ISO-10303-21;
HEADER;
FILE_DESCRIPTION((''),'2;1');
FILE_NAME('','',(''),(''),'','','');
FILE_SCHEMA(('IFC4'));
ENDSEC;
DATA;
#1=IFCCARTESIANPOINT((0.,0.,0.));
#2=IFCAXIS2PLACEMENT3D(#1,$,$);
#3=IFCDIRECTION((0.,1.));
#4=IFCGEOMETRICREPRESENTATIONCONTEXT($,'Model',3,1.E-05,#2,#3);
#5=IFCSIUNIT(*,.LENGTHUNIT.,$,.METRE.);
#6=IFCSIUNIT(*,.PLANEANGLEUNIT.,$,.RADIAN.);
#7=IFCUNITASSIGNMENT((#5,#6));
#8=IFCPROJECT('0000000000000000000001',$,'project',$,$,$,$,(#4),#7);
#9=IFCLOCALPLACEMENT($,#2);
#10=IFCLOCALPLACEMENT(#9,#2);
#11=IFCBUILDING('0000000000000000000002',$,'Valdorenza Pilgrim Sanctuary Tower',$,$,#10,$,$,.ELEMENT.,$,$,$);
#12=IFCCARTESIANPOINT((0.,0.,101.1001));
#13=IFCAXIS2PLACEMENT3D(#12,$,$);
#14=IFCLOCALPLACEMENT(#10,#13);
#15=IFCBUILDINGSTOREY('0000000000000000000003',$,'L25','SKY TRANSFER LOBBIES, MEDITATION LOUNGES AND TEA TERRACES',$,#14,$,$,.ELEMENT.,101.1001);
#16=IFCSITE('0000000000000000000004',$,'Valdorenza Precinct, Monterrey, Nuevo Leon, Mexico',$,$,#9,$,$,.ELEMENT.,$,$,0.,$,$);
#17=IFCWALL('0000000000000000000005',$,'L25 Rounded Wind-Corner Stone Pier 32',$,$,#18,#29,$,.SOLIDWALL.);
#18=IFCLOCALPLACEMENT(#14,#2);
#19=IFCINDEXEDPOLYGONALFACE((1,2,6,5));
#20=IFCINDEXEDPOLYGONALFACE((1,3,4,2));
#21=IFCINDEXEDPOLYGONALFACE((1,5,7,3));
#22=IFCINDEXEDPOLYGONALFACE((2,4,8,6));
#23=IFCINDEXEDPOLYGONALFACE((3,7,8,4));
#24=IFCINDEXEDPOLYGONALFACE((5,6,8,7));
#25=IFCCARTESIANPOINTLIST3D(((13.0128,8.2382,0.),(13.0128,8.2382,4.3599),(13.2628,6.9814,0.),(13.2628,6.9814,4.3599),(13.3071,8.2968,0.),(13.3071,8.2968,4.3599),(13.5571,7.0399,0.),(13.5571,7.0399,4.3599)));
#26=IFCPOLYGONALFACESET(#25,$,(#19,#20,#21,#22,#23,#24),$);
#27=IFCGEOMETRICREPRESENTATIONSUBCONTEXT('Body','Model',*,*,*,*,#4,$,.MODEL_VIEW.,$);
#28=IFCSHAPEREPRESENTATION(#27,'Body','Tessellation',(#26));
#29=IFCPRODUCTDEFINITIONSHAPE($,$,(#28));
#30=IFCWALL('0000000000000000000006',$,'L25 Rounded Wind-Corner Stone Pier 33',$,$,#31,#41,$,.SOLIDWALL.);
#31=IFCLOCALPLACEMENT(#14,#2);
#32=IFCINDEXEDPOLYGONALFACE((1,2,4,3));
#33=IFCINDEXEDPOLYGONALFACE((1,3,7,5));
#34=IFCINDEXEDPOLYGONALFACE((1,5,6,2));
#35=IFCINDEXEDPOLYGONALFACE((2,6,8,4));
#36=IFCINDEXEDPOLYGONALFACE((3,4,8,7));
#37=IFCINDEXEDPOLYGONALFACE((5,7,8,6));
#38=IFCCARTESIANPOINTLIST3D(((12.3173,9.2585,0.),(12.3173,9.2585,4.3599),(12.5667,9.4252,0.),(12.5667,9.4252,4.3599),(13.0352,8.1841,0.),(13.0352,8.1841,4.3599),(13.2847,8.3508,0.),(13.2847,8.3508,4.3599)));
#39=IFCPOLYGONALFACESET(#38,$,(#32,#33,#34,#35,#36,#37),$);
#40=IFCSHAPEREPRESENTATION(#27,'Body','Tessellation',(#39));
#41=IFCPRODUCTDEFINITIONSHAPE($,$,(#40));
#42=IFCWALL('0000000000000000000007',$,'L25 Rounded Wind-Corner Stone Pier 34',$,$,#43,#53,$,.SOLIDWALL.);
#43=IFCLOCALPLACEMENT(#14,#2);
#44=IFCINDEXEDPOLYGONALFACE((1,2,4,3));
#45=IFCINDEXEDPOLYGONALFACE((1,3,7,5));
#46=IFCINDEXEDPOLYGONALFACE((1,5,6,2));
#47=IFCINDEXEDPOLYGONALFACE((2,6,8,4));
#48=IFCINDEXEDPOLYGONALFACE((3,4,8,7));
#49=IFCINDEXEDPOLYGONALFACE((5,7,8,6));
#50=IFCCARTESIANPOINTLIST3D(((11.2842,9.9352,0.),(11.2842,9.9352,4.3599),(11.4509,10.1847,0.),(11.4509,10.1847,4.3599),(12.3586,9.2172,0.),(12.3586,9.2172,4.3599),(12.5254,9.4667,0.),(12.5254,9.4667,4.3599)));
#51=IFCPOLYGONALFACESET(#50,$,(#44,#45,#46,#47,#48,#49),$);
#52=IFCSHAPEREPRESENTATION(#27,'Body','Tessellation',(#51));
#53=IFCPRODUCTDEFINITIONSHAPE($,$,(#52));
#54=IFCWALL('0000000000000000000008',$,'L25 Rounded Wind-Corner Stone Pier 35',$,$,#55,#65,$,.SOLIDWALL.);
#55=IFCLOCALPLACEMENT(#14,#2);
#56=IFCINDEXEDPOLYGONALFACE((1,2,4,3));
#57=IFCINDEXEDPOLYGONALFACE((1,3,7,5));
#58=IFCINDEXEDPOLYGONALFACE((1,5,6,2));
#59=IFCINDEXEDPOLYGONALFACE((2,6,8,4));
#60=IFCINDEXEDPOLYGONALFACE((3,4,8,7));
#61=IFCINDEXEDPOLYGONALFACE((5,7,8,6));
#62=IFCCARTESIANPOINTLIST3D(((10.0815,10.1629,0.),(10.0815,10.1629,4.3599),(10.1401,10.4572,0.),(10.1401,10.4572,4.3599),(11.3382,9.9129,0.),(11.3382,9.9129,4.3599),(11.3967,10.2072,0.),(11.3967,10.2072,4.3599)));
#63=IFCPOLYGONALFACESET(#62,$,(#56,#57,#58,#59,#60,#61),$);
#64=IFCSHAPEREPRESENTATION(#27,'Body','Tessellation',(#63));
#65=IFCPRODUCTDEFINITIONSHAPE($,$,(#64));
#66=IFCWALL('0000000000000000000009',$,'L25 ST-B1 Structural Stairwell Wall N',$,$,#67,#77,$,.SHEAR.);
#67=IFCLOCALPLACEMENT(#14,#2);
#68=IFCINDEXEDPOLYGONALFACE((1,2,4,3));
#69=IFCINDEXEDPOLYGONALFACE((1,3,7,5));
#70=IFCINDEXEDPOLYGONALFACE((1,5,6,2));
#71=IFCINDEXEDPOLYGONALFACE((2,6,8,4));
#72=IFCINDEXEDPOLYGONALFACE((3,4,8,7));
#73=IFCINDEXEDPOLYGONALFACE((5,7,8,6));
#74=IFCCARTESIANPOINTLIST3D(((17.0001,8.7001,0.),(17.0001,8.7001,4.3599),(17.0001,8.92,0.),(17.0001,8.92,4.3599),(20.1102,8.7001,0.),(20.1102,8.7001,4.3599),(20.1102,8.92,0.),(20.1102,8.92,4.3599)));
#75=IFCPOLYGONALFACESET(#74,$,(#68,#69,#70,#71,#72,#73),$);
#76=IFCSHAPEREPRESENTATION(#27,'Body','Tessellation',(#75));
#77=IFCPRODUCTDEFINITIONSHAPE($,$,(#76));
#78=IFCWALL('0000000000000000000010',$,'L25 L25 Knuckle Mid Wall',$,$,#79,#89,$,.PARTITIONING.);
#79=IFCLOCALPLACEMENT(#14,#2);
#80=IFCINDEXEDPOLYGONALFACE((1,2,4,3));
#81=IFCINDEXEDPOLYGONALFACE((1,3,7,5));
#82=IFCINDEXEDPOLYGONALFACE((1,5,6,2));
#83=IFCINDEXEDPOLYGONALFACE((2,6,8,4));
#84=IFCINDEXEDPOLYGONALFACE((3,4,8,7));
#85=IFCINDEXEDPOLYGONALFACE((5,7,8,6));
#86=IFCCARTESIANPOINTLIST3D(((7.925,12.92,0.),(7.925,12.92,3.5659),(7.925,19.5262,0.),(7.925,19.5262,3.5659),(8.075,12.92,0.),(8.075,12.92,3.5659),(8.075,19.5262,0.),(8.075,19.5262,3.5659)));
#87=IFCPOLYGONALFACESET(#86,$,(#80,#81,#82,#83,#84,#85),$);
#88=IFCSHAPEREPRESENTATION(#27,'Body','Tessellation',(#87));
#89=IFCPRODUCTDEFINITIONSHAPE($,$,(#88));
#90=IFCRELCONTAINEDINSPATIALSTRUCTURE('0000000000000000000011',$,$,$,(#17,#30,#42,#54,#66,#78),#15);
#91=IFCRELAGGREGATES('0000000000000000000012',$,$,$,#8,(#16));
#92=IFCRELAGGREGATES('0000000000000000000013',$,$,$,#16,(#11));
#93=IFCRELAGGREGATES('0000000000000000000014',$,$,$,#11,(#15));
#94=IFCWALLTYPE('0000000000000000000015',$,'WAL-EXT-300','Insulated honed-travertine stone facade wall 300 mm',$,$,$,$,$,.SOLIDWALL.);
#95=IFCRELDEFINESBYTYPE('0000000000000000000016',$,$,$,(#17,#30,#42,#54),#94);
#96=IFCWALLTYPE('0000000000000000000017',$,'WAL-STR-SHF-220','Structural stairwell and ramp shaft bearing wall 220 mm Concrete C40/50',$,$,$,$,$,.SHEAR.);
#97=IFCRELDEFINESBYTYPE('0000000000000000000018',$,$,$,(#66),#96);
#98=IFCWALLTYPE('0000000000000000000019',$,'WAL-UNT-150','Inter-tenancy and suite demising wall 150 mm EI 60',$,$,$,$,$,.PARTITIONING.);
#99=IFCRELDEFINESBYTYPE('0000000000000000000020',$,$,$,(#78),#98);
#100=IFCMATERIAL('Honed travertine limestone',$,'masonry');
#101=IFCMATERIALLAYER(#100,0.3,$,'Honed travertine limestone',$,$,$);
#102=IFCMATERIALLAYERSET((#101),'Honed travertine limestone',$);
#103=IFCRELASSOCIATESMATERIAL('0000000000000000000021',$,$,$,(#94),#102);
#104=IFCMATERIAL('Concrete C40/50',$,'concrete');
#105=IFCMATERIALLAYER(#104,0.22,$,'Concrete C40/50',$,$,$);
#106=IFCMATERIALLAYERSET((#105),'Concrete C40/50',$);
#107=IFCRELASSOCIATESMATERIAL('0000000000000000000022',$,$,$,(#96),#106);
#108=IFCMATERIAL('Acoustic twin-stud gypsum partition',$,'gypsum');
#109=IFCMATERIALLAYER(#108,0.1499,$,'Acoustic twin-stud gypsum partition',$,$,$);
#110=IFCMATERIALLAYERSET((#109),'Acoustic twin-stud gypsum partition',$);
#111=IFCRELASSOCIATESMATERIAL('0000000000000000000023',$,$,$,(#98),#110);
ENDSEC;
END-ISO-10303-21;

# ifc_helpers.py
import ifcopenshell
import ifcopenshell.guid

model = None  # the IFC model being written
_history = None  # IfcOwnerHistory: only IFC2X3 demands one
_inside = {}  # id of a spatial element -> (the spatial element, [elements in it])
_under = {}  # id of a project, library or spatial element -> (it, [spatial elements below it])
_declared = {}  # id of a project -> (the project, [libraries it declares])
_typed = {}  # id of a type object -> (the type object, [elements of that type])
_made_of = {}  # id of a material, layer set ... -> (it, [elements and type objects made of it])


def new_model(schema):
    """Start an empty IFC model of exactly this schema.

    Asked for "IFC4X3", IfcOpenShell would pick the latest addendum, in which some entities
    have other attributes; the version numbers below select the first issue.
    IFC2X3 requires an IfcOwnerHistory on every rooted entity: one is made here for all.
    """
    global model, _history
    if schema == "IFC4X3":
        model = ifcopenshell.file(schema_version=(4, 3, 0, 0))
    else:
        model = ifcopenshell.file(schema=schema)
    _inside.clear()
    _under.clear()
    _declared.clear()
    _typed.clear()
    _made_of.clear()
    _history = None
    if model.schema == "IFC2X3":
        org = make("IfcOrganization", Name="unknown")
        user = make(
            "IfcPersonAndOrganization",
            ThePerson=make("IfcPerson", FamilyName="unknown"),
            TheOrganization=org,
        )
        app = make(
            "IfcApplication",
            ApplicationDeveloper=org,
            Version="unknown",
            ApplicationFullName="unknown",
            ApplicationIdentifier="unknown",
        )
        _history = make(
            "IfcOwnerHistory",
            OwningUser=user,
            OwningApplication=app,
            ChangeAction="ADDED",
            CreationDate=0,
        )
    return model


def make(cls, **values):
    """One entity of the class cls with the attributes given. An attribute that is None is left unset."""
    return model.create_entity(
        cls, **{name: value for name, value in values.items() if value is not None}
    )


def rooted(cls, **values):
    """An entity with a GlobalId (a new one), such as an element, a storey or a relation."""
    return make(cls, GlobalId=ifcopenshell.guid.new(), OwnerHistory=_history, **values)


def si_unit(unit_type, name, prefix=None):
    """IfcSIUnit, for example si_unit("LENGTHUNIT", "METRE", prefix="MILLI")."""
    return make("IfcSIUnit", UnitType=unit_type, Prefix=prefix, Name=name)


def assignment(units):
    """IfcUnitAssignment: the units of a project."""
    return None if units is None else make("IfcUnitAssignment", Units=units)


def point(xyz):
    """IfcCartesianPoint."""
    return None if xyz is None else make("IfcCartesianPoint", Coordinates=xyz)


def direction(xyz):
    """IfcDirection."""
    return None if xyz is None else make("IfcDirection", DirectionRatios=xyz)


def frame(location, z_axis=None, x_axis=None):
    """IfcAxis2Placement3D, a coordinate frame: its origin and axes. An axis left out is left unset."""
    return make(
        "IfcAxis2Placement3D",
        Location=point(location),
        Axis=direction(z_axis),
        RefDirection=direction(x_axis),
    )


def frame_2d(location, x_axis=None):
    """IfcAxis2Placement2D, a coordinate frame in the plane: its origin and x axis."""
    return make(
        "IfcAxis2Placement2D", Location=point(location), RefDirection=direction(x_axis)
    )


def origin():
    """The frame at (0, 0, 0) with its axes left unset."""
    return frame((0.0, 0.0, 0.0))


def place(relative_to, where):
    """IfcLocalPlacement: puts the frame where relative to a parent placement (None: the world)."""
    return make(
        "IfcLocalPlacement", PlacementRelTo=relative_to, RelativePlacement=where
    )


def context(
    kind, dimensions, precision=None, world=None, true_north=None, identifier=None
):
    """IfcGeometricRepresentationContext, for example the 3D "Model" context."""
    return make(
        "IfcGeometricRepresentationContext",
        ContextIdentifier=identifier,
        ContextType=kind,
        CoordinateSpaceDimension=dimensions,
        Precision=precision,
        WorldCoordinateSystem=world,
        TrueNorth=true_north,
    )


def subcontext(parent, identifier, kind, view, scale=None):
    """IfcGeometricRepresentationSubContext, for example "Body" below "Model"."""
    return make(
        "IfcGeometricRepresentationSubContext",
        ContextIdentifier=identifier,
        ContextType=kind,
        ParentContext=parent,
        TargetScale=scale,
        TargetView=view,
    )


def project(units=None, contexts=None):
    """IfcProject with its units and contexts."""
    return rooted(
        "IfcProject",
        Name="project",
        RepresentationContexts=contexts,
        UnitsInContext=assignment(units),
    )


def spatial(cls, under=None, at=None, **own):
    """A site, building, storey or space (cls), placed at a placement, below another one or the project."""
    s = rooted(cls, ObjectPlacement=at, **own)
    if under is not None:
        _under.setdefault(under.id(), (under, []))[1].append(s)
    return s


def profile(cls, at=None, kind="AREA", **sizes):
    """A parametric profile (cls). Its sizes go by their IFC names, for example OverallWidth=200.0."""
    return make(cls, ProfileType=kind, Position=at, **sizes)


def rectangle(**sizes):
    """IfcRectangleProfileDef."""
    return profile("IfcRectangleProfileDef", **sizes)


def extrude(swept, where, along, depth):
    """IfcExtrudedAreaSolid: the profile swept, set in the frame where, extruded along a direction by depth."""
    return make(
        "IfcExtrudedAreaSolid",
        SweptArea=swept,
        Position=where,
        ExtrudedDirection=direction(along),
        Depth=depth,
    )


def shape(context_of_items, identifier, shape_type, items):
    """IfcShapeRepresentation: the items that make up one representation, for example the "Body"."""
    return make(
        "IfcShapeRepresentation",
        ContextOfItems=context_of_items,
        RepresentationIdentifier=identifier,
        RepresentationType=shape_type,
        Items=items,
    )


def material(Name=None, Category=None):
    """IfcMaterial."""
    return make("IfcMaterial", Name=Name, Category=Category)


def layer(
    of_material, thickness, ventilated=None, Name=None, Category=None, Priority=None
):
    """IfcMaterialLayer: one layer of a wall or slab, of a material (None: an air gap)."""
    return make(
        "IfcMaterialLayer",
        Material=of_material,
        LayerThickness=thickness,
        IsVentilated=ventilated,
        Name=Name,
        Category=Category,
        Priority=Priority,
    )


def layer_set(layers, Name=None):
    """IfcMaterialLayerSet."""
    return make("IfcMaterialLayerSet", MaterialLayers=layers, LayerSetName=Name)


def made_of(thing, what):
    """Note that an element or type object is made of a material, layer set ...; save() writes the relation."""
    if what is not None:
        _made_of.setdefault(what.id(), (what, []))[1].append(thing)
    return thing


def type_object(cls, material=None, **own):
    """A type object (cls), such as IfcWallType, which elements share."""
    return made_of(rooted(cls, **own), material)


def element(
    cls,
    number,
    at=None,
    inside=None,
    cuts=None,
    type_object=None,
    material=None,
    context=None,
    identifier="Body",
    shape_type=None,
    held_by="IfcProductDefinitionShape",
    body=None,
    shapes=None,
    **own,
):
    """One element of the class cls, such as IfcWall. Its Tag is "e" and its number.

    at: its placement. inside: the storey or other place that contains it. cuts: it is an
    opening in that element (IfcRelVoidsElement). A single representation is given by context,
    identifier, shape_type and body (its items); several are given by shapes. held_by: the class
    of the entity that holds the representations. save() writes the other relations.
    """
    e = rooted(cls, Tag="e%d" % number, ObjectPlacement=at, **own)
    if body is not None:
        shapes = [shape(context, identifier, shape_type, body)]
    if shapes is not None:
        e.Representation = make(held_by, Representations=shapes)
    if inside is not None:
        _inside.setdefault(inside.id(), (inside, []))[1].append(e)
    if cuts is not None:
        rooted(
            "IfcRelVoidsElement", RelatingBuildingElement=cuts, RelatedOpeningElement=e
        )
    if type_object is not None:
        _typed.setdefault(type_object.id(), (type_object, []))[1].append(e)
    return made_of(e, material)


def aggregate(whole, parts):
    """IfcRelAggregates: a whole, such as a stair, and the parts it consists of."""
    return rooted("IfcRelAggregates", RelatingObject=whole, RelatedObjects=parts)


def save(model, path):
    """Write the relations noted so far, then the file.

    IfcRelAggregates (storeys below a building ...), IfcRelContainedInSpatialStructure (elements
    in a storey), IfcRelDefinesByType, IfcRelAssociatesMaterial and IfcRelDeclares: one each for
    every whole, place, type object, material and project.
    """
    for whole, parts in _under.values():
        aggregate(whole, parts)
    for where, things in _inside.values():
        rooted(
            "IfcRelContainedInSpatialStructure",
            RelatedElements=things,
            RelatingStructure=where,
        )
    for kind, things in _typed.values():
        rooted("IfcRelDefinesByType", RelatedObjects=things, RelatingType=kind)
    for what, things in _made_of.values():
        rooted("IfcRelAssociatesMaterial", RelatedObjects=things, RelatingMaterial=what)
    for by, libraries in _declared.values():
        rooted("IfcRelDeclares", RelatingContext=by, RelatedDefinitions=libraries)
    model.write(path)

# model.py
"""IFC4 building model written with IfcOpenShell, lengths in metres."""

from ifc_helpers import new_model, si_unit, direction, frame, frame_2d, origin, place, context, subcontext, project, spatial, rectangle, extrude, material, layer, layer_set, type_object, element, save


model = new_model("IFC4")

# Units and contexts
model_context = context("Model", 3, precision=1e-05, world=origin(), true_north=direction((0.0, 1.0)))
body_context = subcontext(model_context, "Body", "Model", "MODEL_VIEW")
ifc_project = project(units=[si_unit("LENGTHUNIT", "METRE"), si_unit("PLANEANGLEUNIT", "RADIAN")], contexts=[model_context])

# Site, building, storey
site_placement = place(None, origin())
site = spatial("IfcSite", under=ifc_project, at=site_placement, Name="Valdorenza Precinct, Monterrey, Nuevo Leon, Mexico", CompositionType="ELEMENT", RefElevation=0.0)
building_placement = place(site_placement, origin())
building = spatial("IfcBuilding", under=site, at=building_placement, Name="Valdorenza Pilgrim Sanctuary Tower", CompositionType="ELEMENT")
storey_placement = place(building_placement, frame((0.0, 0.0, 101.1001)))
storey = spatial("IfcBuildingStorey", under=building, at=storey_placement, Name="L25", Description="SKY TRANSFER LOBBIES, MEDITATION LOUNGES AND TEA TERRACES", CompositionType="ELEMENT", Elevation=101.1001)

# Shared definitions
ifc_material_1 = material(Name="Honed travertine limestone", Category="masonry")

# Shared definitions
ifc_layer_1 = layer(ifc_material_1, 0.3, Name="Honed travertine limestone")
ifc_layer_set_1 = layer_set([ifc_layer_1], Name="Honed travertine limestone")
wall_type_1 = type_object("IfcWallType", Name="WAL-EXT-300", Description="Insulated honed-travertine stone facade wall 300 mm", PredefinedType="SOLIDWALL", material=ifc_layer_set_1)

# Walls
wall_1_placement = place(storey_placement, frame((13.4099, 7.0107, 0.0), z_axis=(0.0, 0.0, 1.0), x_axis=(-0.19509, 0.980785, 0.0)))
element("IfcWall", 1, at=wall_1_placement, inside=storey, type_object=wall_type_1, Name="L25 Rounded Wind-Corner Stone Pier 32", PredefinedType="SOLIDWALL", context=body_context, shape_type="SweptSolid", body=[
    extrude(rectangle(XDim=1.2815, YDim=0.3, at=frame_2d((0.6406, 0.0))), origin(), (0.0, 0.0, 1.0), 4.3599),
])
for number, where, z_axis, x_axis, name in (
    (2, (13.1599, 8.2676, 0.0), (0.0, 0.0, 1.0), (-0.555615, 0.831439, 0.0), "L25 Rounded Wind-Corner Stone Pier 33"),
    (3, (12.4419, 9.342, 0.0), (0.0, 0.0, 1.0), (-0.831439, 0.555615, 0.0), "L25 Rounded Wind-Corner Stone Pier 34"),
):
    element("IfcWall", number, at=place(storey_placement, frame(where, z_axis=z_axis, x_axis=x_axis)), inside=storey, type_object=wall_type_1, Name=name, PredefinedType="SOLIDWALL", context=body_context, shape_type="SweptSolid", body=[
        extrude(rectangle(XDim=1.2922, YDim=0.3, at=frame_2d((0.646, 0.0))), origin(), (0.0, 0.0, 1.0), 4.3599),
    ])
wall_2_placement = place(storey_placement, frame((11.3674, 10.0601, 0.0), z_axis=(0.0, 0.0, 1.0), x_axis=(-0.980778, 0.195127, 0.0)))
element("IfcWall", 4, at=wall_2_placement, inside=storey, type_object=wall_type_1, Name="L25 Rounded Wind-Corner Stone Pier 35", PredefinedType="SOLIDWALL", context=body_context, shape_type="SweptSolid", body=[
    extrude(rectangle(XDim=1.2812, YDim=0.3, at=frame_2d((0.6406, 0.0))), origin(), (0.0, 0.0, 1.0), 4.3599),
])
ifc_material_2 = material(Name="Concrete C40/50", Category="concrete")
ifc_layer_2 = layer(ifc_material_2, 0.22, Name="Concrete C40/50")
ifc_layer_set_2 = layer_set([ifc_layer_2], Name="Concrete C40/50")
wall_type_2 = type_object("IfcWallType", Name="WAL-STR-SHF-220", Description="Structural stairwell and ramp shaft bearing wall 220 mm Concrete C40/50", PredefinedType="SHEAR", material=ifc_layer_set_2)
wall_3_placement = place(storey_placement, frame((17.0, 8.8101, 0.0), z_axis=(0.0, 0.0, 1.0), x_axis=(1.0, 0.0, 0.0)))
element("IfcWall", 5, at=wall_3_placement, inside=storey, type_object=wall_type_2, Name="L25 ST-B1 Structural Stairwell Wall N", PredefinedType="SHEAR", context=body_context, shape_type="SweptSolid", body=[
    extrude(rectangle(XDim=3.1101, YDim=0.22, at=frame_2d((1.5552, 0.0))), origin(), (0.0, 0.0, 1.0), 4.3599),
])
ifc_material_3 = material(Name="Acoustic twin-stud gypsum partition", Category="gypsum")
ifc_layer_3 = layer(ifc_material_3, 0.1499, Name="Acoustic twin-stud gypsum partition")
ifc_layer_set_3 = layer_set([ifc_layer_3], Name="Acoustic twin-stud gypsum partition")
wall_type_3 = type_object("IfcWallType", Name="WAL-UNT-150", Description="Inter-tenancy and suite demising wall 150 mm EI 60", PredefinedType="PARTITIONING", material=ifc_layer_set_3)
wall_4_placement = place(storey_placement, frame((8.0, 12.9199, 0.0), z_axis=(0.0, 0.0, 1.0), x_axis=(0.0, 1.0, 0.0)))
element("IfcWall", 6, at=wall_4_placement, inside=storey, type_object=wall_type_3, Name="L25 L25 Knuckle Mid Wall", PredefinedType="PARTITIONING", context=body_context, shape_type="SweptSolid", body=[
    extrude(rectangle(XDim=6.6062, YDim=0.1499, at=frame_2d((3.3032, 0.0))), origin(), (0.0, 0.0, 1.0), 3.5659),
])

save(model, "model.ifc")
